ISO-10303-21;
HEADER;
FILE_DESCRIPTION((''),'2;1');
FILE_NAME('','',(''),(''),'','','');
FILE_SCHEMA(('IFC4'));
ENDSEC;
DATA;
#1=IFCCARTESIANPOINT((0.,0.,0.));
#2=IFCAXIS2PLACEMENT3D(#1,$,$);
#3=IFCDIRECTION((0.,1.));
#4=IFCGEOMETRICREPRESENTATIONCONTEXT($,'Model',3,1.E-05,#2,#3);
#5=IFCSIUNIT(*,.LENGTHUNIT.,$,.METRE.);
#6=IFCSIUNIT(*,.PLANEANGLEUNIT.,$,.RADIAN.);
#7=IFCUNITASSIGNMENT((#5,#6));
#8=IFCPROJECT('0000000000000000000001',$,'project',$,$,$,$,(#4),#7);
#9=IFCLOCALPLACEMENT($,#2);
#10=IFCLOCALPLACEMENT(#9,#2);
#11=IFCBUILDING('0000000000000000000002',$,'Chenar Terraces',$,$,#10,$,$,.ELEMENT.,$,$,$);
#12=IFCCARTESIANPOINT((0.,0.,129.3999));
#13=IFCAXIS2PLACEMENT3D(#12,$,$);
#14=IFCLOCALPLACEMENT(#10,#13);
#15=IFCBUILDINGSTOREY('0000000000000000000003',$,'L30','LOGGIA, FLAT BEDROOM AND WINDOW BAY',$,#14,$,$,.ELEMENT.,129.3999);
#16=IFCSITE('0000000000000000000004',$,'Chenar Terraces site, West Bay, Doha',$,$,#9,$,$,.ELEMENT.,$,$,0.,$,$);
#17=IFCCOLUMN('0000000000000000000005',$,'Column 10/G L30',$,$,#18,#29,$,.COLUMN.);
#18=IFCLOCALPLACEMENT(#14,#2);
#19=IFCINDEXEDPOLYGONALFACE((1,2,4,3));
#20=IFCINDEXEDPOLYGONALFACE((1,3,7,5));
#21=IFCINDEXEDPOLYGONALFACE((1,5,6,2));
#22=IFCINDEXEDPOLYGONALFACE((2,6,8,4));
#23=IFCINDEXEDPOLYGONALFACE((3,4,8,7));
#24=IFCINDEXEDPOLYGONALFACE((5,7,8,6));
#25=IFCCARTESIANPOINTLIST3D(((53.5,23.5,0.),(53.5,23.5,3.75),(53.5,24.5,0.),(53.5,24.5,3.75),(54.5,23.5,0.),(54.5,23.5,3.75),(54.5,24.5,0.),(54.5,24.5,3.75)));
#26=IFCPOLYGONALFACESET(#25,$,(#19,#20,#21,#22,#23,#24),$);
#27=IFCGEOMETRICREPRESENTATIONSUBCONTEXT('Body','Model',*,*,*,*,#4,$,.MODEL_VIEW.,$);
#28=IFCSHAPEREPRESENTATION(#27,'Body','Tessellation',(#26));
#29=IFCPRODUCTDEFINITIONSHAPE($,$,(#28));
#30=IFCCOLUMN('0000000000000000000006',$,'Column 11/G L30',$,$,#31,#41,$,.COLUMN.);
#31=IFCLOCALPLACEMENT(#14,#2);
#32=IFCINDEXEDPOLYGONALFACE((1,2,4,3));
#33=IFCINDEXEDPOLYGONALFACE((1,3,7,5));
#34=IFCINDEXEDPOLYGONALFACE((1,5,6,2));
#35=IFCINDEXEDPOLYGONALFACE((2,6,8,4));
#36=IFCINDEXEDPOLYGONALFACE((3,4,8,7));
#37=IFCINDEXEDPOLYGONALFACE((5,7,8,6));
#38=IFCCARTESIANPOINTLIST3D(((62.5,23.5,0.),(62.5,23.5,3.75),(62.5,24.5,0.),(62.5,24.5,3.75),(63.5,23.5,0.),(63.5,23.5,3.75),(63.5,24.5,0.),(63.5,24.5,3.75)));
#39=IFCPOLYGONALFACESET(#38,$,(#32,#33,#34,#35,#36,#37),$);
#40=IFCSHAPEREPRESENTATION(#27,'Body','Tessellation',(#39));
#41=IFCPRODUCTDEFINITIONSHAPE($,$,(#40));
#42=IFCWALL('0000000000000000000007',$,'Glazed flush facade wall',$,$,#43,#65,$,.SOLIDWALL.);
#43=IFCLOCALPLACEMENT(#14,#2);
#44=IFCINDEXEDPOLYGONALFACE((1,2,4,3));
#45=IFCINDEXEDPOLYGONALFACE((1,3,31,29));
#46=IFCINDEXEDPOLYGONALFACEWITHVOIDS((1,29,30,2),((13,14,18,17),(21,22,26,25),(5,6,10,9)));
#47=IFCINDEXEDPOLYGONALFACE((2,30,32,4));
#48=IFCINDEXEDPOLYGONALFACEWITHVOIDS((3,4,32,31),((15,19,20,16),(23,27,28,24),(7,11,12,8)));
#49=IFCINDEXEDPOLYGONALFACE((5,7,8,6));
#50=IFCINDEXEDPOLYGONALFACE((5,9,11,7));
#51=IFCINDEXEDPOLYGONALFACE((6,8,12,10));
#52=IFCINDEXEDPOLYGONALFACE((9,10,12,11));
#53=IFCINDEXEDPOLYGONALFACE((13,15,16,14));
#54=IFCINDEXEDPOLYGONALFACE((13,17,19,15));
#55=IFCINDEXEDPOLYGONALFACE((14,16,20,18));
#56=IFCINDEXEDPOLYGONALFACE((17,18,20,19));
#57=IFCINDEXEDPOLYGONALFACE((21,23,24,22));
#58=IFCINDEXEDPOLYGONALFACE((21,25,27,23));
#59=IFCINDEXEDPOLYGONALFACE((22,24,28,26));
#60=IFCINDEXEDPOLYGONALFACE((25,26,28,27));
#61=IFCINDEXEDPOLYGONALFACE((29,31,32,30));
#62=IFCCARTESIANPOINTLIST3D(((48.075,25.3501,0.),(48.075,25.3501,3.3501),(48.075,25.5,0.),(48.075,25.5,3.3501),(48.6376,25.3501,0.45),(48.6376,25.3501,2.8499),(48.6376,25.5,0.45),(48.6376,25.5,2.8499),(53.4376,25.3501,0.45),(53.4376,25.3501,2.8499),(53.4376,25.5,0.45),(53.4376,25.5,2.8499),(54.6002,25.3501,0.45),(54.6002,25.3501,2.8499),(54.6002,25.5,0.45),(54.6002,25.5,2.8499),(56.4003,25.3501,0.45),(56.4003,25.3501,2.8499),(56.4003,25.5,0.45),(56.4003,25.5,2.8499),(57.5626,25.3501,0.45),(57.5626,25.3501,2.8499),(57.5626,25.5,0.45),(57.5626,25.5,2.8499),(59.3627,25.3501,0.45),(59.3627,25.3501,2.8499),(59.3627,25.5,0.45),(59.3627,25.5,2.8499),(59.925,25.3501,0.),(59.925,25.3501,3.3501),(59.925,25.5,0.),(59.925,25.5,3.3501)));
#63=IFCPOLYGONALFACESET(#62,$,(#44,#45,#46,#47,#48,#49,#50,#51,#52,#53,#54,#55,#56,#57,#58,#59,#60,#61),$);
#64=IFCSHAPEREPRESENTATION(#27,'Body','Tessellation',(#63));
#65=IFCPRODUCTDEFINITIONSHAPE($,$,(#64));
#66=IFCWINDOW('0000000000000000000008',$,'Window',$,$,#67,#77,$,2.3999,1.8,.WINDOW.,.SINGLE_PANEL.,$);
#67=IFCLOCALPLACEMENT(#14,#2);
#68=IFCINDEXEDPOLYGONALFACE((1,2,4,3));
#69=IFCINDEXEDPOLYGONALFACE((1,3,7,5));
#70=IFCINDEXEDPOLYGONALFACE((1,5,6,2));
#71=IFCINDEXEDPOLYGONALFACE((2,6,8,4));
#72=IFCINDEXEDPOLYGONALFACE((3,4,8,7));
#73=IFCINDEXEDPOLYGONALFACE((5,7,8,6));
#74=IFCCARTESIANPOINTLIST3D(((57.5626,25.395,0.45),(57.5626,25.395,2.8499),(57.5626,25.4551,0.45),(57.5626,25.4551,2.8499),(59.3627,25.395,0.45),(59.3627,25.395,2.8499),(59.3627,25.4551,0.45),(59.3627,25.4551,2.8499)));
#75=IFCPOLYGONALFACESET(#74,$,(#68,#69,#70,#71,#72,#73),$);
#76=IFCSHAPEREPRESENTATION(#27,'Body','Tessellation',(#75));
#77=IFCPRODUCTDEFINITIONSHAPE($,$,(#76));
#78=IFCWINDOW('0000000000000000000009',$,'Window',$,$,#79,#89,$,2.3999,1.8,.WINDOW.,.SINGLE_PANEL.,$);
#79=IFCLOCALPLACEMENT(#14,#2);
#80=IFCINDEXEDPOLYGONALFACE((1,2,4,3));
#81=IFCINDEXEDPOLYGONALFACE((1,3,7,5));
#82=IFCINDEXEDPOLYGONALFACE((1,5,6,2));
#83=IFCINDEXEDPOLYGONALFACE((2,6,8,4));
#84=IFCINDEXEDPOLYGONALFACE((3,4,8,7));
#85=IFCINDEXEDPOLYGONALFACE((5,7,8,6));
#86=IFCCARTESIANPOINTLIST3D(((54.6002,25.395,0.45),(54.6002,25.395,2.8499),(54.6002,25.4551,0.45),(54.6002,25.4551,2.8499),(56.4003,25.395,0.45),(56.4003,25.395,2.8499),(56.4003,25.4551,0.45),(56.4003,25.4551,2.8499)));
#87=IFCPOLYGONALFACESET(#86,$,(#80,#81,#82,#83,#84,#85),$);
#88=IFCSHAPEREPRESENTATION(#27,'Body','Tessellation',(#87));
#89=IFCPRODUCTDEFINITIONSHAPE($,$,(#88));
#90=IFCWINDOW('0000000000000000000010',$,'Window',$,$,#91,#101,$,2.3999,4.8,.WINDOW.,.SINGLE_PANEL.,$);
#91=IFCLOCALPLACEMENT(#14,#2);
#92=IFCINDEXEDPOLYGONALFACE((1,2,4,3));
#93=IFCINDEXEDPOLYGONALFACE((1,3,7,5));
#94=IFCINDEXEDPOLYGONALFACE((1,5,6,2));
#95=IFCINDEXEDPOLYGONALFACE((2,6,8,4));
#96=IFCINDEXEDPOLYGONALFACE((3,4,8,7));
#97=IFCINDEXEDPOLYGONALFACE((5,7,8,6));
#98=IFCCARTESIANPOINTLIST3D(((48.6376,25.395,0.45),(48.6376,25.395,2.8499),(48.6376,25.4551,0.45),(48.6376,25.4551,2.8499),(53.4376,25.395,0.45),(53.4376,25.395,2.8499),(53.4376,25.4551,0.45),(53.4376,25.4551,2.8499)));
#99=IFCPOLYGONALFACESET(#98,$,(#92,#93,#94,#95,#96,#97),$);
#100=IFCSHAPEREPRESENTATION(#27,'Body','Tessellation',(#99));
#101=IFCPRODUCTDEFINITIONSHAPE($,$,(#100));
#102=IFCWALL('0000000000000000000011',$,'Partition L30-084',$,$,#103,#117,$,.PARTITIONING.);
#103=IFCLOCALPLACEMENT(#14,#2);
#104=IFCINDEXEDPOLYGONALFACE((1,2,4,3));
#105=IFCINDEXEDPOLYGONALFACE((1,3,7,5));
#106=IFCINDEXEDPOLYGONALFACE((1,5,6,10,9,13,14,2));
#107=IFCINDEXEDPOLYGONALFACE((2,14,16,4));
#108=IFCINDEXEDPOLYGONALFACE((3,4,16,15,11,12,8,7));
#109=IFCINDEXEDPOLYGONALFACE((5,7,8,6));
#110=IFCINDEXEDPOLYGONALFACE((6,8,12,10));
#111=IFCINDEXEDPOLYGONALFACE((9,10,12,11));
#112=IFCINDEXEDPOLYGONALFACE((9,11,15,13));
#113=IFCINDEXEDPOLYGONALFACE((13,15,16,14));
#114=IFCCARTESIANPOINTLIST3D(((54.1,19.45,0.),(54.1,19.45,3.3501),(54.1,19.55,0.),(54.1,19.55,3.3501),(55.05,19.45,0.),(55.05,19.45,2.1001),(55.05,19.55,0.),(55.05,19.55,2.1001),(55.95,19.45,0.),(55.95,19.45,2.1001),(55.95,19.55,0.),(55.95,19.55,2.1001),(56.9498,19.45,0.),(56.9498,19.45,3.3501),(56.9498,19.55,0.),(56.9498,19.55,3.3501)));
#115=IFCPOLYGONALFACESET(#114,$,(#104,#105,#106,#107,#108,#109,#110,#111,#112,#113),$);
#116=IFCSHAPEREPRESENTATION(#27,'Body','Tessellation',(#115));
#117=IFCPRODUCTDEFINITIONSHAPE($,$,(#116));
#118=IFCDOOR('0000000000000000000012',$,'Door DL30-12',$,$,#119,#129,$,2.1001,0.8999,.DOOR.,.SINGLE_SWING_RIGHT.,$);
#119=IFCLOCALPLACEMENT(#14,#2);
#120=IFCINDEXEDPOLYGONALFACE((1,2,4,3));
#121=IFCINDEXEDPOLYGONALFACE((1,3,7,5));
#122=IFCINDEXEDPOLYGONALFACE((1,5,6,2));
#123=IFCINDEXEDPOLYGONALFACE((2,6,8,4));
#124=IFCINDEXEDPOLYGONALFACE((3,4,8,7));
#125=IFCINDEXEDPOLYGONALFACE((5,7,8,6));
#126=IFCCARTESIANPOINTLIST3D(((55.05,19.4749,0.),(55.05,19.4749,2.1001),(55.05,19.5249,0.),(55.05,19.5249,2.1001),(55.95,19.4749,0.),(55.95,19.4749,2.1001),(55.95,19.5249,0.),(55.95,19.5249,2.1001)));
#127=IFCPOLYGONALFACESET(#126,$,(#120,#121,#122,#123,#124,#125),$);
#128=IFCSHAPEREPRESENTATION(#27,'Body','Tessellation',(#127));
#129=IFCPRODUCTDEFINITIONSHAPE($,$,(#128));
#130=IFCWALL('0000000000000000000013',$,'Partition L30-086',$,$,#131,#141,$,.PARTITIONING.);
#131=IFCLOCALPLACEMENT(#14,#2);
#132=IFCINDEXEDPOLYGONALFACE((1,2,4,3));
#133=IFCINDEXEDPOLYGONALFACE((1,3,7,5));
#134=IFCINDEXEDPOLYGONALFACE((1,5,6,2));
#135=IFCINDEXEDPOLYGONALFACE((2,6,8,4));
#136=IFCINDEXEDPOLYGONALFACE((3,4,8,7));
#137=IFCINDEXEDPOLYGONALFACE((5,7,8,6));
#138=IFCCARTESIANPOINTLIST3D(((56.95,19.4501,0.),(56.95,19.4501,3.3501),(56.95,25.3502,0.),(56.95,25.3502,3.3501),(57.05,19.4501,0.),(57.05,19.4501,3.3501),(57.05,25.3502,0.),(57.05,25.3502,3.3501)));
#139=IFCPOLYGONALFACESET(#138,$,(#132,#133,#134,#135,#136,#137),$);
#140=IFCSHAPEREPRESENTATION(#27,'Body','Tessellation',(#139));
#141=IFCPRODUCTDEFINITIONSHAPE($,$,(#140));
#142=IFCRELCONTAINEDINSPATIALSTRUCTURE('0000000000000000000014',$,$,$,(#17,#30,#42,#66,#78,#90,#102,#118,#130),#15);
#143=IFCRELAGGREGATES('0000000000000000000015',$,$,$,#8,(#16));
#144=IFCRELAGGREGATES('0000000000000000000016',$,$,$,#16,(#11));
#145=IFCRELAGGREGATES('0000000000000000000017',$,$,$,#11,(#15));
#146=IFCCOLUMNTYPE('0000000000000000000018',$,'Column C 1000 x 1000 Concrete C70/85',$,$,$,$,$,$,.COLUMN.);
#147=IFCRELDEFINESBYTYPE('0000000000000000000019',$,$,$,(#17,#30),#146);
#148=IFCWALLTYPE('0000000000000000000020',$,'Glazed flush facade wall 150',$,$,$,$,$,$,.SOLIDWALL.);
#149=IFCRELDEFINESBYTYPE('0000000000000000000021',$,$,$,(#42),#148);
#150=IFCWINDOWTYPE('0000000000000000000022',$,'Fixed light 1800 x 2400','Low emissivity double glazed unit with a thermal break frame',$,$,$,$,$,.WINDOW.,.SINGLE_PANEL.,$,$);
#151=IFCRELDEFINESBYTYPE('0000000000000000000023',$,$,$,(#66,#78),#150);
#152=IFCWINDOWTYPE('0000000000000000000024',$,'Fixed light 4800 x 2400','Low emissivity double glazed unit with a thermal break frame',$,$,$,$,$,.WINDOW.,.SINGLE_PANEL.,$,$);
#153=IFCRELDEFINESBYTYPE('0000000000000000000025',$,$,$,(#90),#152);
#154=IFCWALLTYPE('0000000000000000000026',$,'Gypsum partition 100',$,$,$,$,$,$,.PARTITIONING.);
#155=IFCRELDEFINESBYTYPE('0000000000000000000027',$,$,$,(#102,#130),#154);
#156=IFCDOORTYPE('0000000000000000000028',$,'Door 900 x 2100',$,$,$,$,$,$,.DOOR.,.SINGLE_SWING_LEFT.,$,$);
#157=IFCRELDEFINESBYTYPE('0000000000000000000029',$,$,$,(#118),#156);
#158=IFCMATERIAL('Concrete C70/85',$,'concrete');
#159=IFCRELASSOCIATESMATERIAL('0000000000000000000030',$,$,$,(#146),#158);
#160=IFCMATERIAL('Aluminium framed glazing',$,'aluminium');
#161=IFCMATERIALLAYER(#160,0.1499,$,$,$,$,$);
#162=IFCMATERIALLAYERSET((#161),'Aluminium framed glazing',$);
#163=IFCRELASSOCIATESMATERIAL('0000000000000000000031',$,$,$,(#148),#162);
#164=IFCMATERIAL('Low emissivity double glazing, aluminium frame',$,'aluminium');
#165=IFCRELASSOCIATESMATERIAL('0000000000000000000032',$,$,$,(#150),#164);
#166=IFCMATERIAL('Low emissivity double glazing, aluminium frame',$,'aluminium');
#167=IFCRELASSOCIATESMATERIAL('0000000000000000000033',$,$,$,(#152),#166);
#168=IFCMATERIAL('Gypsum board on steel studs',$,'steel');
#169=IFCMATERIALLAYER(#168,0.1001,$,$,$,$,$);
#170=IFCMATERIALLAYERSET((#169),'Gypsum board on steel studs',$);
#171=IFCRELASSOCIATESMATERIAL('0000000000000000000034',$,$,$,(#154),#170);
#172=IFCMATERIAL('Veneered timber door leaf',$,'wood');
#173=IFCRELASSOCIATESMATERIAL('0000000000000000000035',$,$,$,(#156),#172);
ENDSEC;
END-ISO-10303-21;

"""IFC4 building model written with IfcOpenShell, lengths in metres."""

from ifc_helpers import new_model, si_unit, direction, frame, frame_2d, origin, origin_2d, place, context, subcontext, project, spatial, rectangle, extrude, material, layer, layer_set, material_profile, profile_set, type_object, element, fill, save


model = new_model("IFC4")

# Units and contexts
model_context = context("Model", 3, precision=1e-05, world=origin(), true_north=direction((0.0, 1.0)))
body_context = subcontext(model_context, "Body", "Model", "MODEL_VIEW")
ifc_project = project(units=[si_unit("LENGTHUNIT", "METRE"), si_unit("PLANEANGLEUNIT", "RADIAN")], contexts=[model_context])

# Site, building, storey
site_placement = place(None, origin())
site = spatial("IfcSite", under=ifc_project, at=site_placement, Name="Chenar Terraces site, West Bay, Doha", CompositionType="ELEMENT", RefElevation=0.0)
building_placement = place(site_placement, origin())
building = spatial("IfcBuilding", under=site, at=building_placement, Name="Chenar Terraces", CompositionType="ELEMENT")
storey_placement = place(building_placement, frame((0.0, 0.0, 129.3999)))
storey = spatial("IfcBuildingStorey", under=building, at=storey_placement, Name="L30", Description="LOGGIA, FLAT BEDROOM AND WINDOW BAY", CompositionType="ELEMENT", Elevation=129.3999)

# Columns
ifc_material_1 = material(Name="Concrete C70/85", Category="concrete")
ifc_material_profile_1 = material_profile(ifc_material_1, rectangle(XDim=1.0, YDim=1.0, at=origin_2d()), Name="C 1000 x 1000")
ifc_profile_set_1 = profile_set([ifc_material_profile_1], Name="Concrete C70/85")
column_type = type_object("IfcColumnType", Name="Column C 1000 x 1000 Concrete C70/85", PredefinedType="COLUMN", material=ifc_profile_set_1)
for number, where, z_axis, x_axis, name in (
    (1, (54.0, 24.0, 0.0), (0.0, 0.0, 1.0), (1.0, 0.0, 0.0), "Column 10/G L30"),
    (2, (63.0, 24.0, 0.0), (0.0, 0.0, 1.0), (1.0, 0.0, 0.0), "Column 11/G L30"),
):
    element("IfcColumn", number, at=place(storey_placement, frame(where, z_axis=z_axis, x_axis=x_axis)), inside=storey, type_object=column_type, Name=name, PredefinedType="COLUMN", context=body_context, shape_type="SweptSolid", body=[
        extrude(rectangle(XDim=1.0, YDim=1.0, at=origin_2d()), origin(), (0.0, 0.0, 1.0), 3.75),
    ])

# Wall, openings, windows
ifc_material_2 = material(Name="Aluminium framed glazing", Category="aluminium")
ifc_layer_1 = layer(ifc_material_2, 0.1499)
ifc_layer_set_1 = layer_set([ifc_layer_1], Name="Aluminium framed glazing")
wall_type_1 = type_object("IfcWallType", Name="Glazed flush facade wall 150", PredefinedType="SOLIDWALL", material=ifc_layer_set_1)
wall_1_placement = place(storey_placement, frame((59.925, 25.425, 0.0), z_axis=(0.0, 0.0, 1.0), x_axis=(-1.0, 0.0, 0.0)))
wall_1 = element("IfcWall", 3, at=wall_1_placement, inside=storey, type_object=wall_type_1, Name="Glazed flush facade wall", PredefinedType="SOLIDWALL", context=body_context, shape_type="SweptSolid", body=[
    extrude(rectangle(XDim=11.8501, YDim=0.1499, at=frame_2d((5.925, 0.0))), origin(), (0.0, 0.0, 1.0), 3.3501),
])
opening_1_placement = place(wall_1_placement, frame((0.5625, 0.0, 0.45)))
opening_1 = element("IfcOpeningElement", 4, at=opening_1_placement, cuts=wall_1, PredefinedType="OPENING", context=body_context, shape_type="SweptSolid", body=[
    extrude(rectangle(XDim=1.8, YDim=2.3999, at=frame_2d((0.8999, 1.2))), frame((0.0, 0.085, 0.0), z_axis=(0.0, -1.0, 0.0), x_axis=(1.0, 0.0, 0.0)), (0.0, 0.0, 1.0), 0.1699),
])
opening_2_placement = place(wall_1_placement, frame((3.5249, 0.0, 0.45)))
opening_2 = element("IfcOpeningElement", 5, at=opening_2_placement, cuts=wall_1, PredefinedType="OPENING", context=body_context, shape_type="SweptSolid", body=[
    extrude(rectangle(XDim=1.8, YDim=2.3999, at=frame_2d((0.8999, 1.2))), frame((0.0, 0.085, 0.0), z_axis=(0.0, -1.0, 0.0), x_axis=(1.0, 0.0, 0.0)), (0.0, 0.0, 1.0), 0.1699),
])
opening_3_placement = place(wall_1_placement, frame((6.4875, 0.0, 0.45)))
opening_3 = element("IfcOpeningElement", 6, at=opening_3_placement, cuts=wall_1, PredefinedType="OPENING", context=body_context, shape_type="SweptSolid", body=[
    extrude(rectangle(XDim=4.8, YDim=2.3999, at=frame_2d((2.3999, 1.2))), frame((0.0, 0.085, 0.0), z_axis=(0.0, -1.0, 0.0), x_axis=(1.0, 0.0, 0.0)), (0.0, 0.0, 1.0), 0.1699),
])
ifc_material_3 = material(Name="Low emissivity double glazing, aluminium frame", Category="aluminium")
window_type_1 = type_object("IfcWindowType", Name="Fixed light 1800 x 2400", Description="Low emissivity double glazed unit with a thermal break frame", PartitioningType="SINGLE_PANEL", PredefinedType="WINDOW", material=ifc_material_3)
window_1_placement = place(opening_1_placement, origin())
window_1 = element("IfcWindow", 7, at=window_1_placement, inside=storey, type_object=window_type_1, Name="Window", OverallHeight=2.3999, OverallWidth=1.8, PartitioningType="SINGLE_PANEL", PredefinedType="WINDOW", context=body_context, shape_type="SweptSolid", body=[
    extrude(rectangle(XDim=1.8, YDim=2.3999, at=frame_2d((0.8999, 1.2))), frame((0.0, 0.03, 0.0), z_axis=(0.0, -1.0, 0.0), x_axis=(1.0, 0.0, 0.0)), (0.0, 0.0, 1.0), 0.0601),
])
fill(opening_1, window_1)
window_2_placement = place(opening_2_placement, origin())
window_2 = element("IfcWindow", 8, at=window_2_placement, inside=storey, type_object=window_type_1, Name="Window", OverallHeight=2.3999, OverallWidth=1.8, PartitioningType="SINGLE_PANEL", PredefinedType="WINDOW", context=body_context, shape_type="SweptSolid", body=[
    extrude(rectangle(XDim=1.8, YDim=2.3999, at=frame_2d((0.8999, 1.2))), frame((0.0, 0.03, 0.0), z_axis=(0.0, -1.0, 0.0), x_axis=(1.0, 0.0, 0.0)), (0.0, 0.0, 1.0), 0.0601),
])
fill(opening_2, window_2)
ifc_material_4 = material(Name="Low emissivity double glazing, aluminium frame", Category="aluminium")
window_type_2 = type_object("IfcWindowType", Name="Fixed light 4800 x 2400", Description="Low emissivity double glazed unit with a thermal break frame", PartitioningType="SINGLE_PANEL", PredefinedType="WINDOW", material=ifc_material_4)
window_3_placement = place(opening_3_placement, origin())
window_3 = element("IfcWindow", 9, at=window_3_placement, inside=storey, type_object=window_type_2, Name="Window", OverallHeight=2.3999, OverallWidth=4.8, PartitioningType="SINGLE_PANEL", PredefinedType="WINDOW", context=body_context, shape_type="SweptSolid", body=[
    extrude(rectangle(XDim=4.8, YDim=2.3999, at=frame_2d((2.3999, 1.2))), frame((0.0, 0.03, 0.0), z_axis=(0.0, -1.0, 0.0), x_axis=(1.0, 0.0, 0.0)), (0.0, 0.0, 1.0), 0.0601),
])
fill(opening_3, window_3)

# Wall, opening, door
ifc_material_5 = material(Name="Gypsum board on steel studs", Category="steel")
ifc_layer_2 = layer(ifc_material_5, 0.1001)
ifc_layer_set_2 = layer_set([ifc_layer_2], Name="Gypsum board on steel studs")
wall_type_2 = type_object("IfcWallType", Name="Gypsum partition 100", PredefinedType="PARTITIONING", material=ifc_layer_set_2)
wall_2_placement = place(storey_placement, frame((54.1001, 19.5, 0.0), z_axis=(0.0, 0.0, 1.0), x_axis=(1.0, 0.0, 0.0)))
wall_2 = element("IfcWall", 10, at=wall_2_placement, inside=storey, type_object=wall_type_2, Name="Partition L30-084", PredefinedType="PARTITIONING", context=body_context, shape_type="SweptSolid", body=[
    extrude(rectangle(XDim=2.8499, YDim=0.1001, at=frame_2d((1.4248, 0.0))), origin(), (0.0, 0.0, 1.0), 3.3501),
])
opening_4_placement = place(wall_2_placement, frame((0.95, 0.0, 0.0)))
opening_4 = element("IfcOpeningElement", 11, at=opening_4_placement, cuts=wall_2, PredefinedType="OPENING", context=body_context, shape_type="SweptSolid", body=[
    extrude(rectangle(XDim=0.8999, YDim=2.1001, at=frame_2d((0.45, 1.05))), frame((0.0, 0.0601, 0.0), z_axis=(0.0, -1.0, 0.0), x_axis=(1.0, 0.0, 0.0)), (0.0, 0.0, 1.0), 0.1201),
])
ifc_material_6 = material(Name="Veneered timber door leaf", Category="wood")
door_type_1 = type_object("IfcDoorType", Name="Door 900 x 2100", OperationType="SINGLE_SWING_LEFT", PredefinedType="DOOR", material=ifc_material_6)
door_1_placement = place(opening_4_placement, origin())
door_1 = element("IfcDoor", 12, at=door_1_placement, inside=storey, type_object=door_type_1, Name="Door DL30-12", OperationType="SINGLE_SWING_RIGHT", OverallHeight=2.1001, OverallWidth=0.8999, PredefinedType="DOOR", context=body_context, shape_type="SweptSolid", body=[
    extrude(rectangle(XDim=0.8999, YDim=2.1001, at=frame_2d((0.45, 1.05))), frame((0.0, 0.0249, 0.0), z_axis=(0.0, -1.0, 0.0), x_axis=(1.0, 0.0, 0.0)), (0.0, 0.0, 1.0), 0.05),
])
fill(opening_4, door_1)

# Wall
wall_3_placement = place(storey_placement, frame((57.0, 19.45, 0.0), z_axis=(0.0, 0.0, 1.0), x_axis=(0.0, 1.0, 0.0)))
element("IfcWall", 13, at=wall_3_placement, inside=storey, type_object=wall_type_2, Name="Partition L30-086", PredefinedType="PARTITIONING", context=body_context, shape_type="SweptSolid", body=[
    extrude(rectangle(XDim=5.9001, YDim=0.1001, at=frame_2d((2.9502, 0.0))), origin(), (0.0, 0.0, 1.0), 3.3501),
])

save(model, "model.ifc")
